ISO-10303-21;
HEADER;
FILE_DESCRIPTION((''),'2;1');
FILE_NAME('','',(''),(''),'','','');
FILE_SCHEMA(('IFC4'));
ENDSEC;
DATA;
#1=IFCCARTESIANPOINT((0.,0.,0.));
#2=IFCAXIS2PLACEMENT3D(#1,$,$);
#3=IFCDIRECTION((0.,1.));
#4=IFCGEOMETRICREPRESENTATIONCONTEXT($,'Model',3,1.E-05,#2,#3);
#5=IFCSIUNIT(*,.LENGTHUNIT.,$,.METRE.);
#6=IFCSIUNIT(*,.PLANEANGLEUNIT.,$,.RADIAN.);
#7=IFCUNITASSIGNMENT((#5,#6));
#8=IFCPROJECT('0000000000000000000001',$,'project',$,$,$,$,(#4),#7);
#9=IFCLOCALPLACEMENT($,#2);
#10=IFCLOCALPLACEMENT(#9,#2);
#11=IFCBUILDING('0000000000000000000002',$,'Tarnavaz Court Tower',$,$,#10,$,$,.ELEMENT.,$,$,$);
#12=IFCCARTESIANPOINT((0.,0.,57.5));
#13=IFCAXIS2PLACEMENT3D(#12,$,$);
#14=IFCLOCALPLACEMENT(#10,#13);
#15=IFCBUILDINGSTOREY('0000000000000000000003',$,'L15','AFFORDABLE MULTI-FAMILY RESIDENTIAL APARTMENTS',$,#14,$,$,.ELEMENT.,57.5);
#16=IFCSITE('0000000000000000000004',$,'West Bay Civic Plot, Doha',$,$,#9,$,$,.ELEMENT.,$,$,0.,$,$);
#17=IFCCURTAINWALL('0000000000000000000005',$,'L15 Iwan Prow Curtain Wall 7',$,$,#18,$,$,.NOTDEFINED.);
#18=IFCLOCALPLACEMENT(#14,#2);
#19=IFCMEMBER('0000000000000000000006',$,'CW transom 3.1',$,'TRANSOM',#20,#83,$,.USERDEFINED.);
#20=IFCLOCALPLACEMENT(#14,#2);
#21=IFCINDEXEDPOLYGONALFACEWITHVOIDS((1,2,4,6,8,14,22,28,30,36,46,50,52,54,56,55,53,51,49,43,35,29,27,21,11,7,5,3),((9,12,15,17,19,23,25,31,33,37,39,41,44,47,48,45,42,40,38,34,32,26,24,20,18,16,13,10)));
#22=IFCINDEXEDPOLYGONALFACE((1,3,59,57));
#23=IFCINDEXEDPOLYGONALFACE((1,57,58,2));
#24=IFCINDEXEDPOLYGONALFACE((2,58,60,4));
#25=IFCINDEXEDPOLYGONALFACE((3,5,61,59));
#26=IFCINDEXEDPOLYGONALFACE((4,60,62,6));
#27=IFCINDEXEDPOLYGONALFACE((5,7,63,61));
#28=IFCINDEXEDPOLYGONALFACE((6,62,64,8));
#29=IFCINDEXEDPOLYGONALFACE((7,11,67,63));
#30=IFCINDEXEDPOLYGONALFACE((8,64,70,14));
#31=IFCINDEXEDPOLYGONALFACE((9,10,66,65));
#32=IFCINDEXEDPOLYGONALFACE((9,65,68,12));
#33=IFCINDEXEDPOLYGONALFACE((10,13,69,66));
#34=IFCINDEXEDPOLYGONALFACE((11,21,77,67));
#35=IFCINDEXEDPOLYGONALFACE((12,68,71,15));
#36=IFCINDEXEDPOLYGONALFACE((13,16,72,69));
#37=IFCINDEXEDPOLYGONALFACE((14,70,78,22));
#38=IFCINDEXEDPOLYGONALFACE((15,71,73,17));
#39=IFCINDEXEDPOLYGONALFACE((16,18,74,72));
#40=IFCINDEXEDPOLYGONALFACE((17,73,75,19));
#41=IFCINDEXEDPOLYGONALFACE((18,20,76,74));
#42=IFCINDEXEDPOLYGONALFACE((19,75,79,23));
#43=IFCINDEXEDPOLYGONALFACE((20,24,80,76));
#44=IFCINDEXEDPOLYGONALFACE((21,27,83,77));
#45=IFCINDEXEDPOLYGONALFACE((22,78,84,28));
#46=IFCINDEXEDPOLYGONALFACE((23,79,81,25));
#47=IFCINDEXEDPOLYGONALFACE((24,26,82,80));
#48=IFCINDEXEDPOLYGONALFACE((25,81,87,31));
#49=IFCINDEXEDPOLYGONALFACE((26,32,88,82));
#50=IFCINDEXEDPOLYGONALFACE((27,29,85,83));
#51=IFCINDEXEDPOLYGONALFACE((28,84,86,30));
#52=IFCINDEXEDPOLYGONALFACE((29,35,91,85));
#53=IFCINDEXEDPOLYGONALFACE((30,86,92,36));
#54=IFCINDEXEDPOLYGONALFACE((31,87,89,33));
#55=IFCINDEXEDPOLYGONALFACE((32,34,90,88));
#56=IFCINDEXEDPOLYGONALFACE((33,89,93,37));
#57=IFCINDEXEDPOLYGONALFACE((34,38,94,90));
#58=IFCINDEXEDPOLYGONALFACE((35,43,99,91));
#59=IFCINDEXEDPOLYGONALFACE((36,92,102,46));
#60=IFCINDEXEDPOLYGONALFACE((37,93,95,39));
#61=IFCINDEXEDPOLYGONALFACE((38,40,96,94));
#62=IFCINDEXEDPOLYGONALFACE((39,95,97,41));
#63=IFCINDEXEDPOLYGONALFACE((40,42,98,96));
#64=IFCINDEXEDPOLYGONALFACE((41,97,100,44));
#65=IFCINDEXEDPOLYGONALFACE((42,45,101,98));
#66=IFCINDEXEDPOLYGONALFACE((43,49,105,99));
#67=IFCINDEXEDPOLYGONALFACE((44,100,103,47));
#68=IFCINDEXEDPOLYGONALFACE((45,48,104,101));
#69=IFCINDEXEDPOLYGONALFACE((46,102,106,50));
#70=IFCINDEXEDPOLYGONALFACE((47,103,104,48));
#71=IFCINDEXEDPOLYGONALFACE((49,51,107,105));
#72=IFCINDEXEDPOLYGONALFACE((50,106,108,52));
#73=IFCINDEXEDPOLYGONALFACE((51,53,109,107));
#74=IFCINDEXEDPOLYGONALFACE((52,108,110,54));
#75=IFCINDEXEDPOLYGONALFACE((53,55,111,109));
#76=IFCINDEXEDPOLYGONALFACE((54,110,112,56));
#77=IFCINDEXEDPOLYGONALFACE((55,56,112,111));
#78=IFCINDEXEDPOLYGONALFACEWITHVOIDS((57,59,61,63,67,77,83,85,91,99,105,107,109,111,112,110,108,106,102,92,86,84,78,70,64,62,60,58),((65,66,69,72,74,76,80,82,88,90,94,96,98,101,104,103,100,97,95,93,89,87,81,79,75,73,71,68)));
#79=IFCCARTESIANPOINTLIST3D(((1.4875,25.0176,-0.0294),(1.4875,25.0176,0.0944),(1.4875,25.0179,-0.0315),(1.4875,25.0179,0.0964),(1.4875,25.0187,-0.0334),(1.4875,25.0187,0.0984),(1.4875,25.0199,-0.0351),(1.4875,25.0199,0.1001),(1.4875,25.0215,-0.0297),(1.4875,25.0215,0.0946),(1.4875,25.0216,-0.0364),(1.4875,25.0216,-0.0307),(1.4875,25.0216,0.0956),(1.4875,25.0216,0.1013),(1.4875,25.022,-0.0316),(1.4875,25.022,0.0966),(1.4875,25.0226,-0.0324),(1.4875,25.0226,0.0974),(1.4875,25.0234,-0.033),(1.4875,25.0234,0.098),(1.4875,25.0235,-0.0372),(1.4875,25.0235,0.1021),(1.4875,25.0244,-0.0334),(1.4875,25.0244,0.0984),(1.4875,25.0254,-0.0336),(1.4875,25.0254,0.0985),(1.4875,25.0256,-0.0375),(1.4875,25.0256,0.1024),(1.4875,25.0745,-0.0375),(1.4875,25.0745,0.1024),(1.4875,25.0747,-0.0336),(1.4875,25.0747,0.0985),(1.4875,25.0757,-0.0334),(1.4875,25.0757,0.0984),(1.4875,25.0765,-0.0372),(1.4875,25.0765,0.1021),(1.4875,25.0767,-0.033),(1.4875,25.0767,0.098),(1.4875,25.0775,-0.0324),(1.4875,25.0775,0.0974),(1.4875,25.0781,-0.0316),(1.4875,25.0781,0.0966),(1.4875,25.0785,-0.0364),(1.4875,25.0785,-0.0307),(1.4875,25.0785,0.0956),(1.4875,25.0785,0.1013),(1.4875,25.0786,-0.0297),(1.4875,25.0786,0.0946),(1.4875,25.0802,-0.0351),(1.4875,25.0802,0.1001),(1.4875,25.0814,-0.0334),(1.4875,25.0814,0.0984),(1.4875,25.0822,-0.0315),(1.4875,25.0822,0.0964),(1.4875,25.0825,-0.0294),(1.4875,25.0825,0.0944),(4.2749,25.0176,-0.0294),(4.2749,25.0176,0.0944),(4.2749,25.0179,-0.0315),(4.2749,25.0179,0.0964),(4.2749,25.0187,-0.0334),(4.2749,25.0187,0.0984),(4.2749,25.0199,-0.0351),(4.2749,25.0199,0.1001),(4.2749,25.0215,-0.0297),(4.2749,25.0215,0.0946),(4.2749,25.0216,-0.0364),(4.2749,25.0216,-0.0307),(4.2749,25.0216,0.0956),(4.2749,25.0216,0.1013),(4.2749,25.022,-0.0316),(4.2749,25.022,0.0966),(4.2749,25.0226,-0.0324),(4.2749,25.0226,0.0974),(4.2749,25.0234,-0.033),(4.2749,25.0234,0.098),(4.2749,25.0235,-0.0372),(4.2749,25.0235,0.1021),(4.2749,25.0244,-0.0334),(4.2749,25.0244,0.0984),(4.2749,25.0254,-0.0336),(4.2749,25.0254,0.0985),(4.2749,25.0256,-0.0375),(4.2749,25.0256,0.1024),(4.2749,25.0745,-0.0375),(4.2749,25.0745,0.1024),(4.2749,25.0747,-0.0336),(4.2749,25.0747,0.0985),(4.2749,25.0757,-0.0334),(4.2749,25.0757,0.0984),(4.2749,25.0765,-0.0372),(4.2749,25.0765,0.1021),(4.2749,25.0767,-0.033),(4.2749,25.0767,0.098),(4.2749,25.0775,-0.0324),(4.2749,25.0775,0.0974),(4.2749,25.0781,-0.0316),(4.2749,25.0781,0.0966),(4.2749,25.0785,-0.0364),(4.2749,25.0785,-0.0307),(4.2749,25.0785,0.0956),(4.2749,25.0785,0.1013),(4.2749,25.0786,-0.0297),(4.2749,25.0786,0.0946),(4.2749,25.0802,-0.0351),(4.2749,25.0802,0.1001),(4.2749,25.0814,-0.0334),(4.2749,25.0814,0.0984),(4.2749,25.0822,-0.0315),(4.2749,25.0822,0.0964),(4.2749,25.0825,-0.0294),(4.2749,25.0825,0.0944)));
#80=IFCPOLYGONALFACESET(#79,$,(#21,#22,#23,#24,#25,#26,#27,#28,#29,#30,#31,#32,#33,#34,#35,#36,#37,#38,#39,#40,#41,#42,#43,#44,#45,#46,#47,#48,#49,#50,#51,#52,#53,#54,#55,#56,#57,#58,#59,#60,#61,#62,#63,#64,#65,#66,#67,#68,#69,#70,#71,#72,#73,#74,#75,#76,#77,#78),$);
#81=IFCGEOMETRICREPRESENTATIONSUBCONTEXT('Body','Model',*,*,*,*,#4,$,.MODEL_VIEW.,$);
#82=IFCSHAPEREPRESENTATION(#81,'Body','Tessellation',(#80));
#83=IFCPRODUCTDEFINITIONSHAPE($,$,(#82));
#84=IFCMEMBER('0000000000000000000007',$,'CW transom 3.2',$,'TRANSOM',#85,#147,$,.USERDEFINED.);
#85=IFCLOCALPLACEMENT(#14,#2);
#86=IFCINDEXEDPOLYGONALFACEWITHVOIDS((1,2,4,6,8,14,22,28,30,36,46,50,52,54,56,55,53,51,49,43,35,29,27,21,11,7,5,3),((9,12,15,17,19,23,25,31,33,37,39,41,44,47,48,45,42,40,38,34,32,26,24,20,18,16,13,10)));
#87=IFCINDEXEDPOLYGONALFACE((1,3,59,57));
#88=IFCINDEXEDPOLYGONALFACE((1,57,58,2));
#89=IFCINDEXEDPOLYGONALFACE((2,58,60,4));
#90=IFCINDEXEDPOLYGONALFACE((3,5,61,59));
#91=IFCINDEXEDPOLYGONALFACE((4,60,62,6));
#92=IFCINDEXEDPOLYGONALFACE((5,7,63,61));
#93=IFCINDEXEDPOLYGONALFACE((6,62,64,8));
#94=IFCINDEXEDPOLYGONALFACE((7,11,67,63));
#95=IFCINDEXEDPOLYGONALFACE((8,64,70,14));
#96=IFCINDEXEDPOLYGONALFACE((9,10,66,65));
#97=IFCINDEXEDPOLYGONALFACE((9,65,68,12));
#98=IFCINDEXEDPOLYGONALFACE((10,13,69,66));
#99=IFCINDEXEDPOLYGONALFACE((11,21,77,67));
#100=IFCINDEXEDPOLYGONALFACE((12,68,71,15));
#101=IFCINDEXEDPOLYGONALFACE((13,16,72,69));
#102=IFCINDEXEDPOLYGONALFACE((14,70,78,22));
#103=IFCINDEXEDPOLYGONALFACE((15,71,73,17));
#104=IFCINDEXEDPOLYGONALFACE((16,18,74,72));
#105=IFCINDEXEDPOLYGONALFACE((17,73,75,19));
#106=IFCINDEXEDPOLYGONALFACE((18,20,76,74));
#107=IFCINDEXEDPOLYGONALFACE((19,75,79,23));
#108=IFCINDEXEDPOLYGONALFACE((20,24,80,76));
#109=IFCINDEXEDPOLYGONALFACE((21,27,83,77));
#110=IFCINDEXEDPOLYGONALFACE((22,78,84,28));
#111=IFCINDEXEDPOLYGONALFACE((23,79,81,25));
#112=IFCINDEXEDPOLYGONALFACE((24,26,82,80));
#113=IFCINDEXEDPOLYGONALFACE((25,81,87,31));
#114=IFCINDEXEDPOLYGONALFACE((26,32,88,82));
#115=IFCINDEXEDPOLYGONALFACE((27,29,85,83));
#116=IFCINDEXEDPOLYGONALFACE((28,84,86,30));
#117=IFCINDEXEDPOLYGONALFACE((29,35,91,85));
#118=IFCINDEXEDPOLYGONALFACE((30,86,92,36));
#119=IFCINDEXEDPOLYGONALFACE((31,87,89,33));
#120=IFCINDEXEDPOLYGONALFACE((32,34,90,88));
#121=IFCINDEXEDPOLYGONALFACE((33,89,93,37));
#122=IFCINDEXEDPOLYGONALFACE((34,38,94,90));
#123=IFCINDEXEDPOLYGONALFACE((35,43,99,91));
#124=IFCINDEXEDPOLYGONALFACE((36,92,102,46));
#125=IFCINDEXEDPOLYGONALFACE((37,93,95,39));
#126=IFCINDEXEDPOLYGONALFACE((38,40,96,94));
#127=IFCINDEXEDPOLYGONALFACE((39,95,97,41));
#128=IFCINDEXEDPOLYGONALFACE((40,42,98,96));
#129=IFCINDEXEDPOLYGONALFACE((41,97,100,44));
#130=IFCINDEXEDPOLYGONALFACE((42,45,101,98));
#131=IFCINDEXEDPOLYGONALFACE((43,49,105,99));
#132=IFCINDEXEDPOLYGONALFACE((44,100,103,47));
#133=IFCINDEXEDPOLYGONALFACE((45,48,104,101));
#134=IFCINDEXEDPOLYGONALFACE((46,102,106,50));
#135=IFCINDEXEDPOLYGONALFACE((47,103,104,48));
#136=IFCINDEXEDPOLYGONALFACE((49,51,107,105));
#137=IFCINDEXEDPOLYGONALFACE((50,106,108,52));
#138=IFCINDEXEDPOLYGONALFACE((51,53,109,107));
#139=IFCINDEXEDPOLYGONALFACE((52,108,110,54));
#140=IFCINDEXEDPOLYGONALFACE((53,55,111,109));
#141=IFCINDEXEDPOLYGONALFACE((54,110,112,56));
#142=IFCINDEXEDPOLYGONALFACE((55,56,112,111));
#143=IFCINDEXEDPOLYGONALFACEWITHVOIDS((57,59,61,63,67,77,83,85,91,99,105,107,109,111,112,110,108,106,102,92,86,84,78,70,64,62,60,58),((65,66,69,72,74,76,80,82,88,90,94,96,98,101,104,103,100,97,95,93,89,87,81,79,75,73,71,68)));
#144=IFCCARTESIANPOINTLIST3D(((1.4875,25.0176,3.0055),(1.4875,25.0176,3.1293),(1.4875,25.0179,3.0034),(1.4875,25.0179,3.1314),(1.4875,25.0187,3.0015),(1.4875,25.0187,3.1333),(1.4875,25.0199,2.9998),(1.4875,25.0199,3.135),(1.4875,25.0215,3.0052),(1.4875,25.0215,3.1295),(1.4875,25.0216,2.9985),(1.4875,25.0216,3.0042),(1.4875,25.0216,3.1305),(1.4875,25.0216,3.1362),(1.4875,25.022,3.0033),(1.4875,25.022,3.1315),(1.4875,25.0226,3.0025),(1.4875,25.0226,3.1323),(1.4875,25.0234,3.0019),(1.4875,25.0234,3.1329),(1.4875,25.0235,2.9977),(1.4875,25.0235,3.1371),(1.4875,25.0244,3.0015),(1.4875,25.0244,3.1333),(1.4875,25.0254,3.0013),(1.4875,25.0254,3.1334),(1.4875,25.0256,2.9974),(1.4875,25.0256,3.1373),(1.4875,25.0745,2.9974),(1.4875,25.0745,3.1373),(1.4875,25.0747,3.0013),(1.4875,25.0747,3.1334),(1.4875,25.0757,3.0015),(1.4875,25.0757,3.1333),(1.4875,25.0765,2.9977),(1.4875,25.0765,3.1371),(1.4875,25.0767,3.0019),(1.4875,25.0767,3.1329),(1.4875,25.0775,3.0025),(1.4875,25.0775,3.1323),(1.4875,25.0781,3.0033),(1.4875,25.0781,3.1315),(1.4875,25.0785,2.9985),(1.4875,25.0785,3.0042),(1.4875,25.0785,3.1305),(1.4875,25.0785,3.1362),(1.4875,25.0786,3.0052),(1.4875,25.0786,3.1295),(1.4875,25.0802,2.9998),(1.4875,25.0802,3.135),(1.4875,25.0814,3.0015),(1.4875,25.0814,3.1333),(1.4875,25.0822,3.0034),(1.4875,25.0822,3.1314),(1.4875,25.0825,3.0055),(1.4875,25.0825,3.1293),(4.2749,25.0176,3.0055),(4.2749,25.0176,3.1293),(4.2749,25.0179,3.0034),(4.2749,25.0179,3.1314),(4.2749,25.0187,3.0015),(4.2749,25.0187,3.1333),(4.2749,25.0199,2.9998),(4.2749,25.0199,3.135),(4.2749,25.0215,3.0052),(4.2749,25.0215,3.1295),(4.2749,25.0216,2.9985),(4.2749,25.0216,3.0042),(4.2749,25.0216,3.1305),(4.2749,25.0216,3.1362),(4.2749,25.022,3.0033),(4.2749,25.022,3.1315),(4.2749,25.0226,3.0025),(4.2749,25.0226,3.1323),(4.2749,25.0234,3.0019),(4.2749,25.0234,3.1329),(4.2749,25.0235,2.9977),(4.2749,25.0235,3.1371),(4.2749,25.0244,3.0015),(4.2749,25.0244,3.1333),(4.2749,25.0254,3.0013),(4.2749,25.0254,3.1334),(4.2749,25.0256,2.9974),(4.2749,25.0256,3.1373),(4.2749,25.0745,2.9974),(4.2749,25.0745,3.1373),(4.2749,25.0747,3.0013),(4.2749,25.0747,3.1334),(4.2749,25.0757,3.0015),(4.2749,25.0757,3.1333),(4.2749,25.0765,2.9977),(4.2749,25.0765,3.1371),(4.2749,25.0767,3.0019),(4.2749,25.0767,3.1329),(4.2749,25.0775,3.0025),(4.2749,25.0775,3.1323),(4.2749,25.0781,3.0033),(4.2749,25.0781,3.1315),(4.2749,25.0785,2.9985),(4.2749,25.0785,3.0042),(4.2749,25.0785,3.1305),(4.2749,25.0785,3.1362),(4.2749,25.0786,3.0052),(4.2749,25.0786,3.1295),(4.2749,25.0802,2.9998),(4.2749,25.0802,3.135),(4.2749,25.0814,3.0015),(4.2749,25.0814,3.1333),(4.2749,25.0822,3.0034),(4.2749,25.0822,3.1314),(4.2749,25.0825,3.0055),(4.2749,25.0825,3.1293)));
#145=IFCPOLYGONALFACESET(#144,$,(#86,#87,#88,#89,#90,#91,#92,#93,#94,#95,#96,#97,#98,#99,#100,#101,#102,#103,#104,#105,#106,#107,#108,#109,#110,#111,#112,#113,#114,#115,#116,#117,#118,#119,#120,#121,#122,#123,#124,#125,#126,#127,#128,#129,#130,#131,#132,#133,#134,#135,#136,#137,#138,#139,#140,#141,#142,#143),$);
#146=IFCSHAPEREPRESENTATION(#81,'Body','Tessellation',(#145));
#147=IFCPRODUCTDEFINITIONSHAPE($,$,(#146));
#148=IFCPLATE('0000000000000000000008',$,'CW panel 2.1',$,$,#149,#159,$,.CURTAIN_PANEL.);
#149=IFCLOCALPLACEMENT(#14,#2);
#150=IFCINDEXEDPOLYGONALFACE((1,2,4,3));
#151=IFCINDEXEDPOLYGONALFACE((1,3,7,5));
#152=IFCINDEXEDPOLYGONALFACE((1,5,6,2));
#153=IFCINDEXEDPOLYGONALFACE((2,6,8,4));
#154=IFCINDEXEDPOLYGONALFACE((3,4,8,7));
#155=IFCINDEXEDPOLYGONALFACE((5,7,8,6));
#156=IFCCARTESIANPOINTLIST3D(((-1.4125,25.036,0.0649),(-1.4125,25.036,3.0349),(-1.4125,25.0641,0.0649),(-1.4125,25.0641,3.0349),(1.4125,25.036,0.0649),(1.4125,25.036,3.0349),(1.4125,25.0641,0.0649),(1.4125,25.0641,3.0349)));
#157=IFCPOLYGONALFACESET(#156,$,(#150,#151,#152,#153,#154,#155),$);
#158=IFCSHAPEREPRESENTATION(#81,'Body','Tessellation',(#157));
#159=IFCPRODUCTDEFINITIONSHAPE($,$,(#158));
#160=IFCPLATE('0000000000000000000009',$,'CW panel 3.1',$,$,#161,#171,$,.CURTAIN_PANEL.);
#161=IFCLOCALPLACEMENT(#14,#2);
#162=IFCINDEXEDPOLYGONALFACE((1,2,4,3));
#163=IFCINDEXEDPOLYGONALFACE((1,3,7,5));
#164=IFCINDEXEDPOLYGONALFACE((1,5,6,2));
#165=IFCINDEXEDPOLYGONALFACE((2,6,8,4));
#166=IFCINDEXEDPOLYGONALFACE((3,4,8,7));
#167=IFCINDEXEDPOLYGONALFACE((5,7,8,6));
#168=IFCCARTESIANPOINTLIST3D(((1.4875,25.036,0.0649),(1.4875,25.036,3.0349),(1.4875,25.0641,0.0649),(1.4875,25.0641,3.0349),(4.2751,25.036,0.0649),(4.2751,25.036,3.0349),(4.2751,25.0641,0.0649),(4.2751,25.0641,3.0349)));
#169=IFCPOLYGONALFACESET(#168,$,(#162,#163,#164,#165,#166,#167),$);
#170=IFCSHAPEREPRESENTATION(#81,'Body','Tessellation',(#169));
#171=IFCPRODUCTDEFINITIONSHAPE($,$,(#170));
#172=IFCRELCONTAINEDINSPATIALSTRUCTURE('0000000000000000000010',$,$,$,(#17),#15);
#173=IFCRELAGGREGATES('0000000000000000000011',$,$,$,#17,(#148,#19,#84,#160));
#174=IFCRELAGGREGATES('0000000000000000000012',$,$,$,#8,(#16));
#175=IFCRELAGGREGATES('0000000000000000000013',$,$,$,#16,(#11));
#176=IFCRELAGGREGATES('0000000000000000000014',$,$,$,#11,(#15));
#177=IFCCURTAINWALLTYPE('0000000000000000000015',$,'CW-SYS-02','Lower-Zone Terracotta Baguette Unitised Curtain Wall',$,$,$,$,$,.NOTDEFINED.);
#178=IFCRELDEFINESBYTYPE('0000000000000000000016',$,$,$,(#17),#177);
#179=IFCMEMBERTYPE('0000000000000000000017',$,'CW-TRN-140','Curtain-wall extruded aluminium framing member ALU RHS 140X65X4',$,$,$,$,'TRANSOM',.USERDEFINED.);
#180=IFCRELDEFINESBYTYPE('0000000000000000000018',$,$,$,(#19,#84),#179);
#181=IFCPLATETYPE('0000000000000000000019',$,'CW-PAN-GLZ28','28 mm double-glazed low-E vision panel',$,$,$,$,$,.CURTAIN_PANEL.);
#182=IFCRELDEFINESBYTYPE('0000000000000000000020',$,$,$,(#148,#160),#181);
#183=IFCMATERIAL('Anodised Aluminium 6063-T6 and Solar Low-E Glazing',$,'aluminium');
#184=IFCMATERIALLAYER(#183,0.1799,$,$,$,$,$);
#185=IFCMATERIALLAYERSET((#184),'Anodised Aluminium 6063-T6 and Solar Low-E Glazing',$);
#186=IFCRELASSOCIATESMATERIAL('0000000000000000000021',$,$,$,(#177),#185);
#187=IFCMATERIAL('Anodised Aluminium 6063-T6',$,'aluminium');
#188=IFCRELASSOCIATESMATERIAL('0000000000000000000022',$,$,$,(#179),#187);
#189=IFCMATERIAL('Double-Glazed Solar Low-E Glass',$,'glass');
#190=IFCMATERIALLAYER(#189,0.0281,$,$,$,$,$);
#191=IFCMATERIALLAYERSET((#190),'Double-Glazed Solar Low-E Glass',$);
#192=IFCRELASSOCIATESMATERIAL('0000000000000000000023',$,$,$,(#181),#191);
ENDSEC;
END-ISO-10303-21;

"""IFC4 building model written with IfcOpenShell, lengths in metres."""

from ifc_helpers import new_model, si_unit, direction, frame, origin, origin_2d, place, context, subcontext, project, spatial, rectangle, hollow_rectangle, extrude, material, layer, layer_set, material_profile, profile_set, type_object, element, aggregate, save


model = new_model("IFC4")

# Units and contexts
model_context = context("Model", 3, precision=1e-05, world=origin(), true_north=direction((0.0, 1.0)))
body_context = subcontext(model_context, "Body", "Model", "MODEL_VIEW")
ifc_project = project(units=[si_unit("LENGTHUNIT", "METRE"), si_unit("PLANEANGLEUNIT", "RADIAN")], contexts=[model_context])

# Site, building, storey
site_placement = place(None, origin())
site = spatial("IfcSite", under=ifc_project, at=site_placement, Name="West Bay Civic Plot, Doha", CompositionType="ELEMENT", RefElevation=0.0)
building_placement = place(site_placement, origin())
building = spatial("IfcBuilding", under=site, at=building_placement, Name="Tarnavaz Court Tower", CompositionType="ELEMENT")
storey_placement = place(building_placement, frame((0.0, 0.0, 57.5)))
storey = spatial("IfcBuildingStorey", under=building, at=storey_placement, Name="L15", Description="AFFORDABLE MULTI-FAMILY RESIDENTIAL APARTMENTS", CompositionType="ELEMENT", Elevation=57.5)

# Curtain wall, members, plates
ifc_material_1 = material(Name="Anodised Aluminium 6063-T6 and Solar Low-E Glazing", Category="aluminium")
ifc_layer_1 = layer(ifc_material_1, 0.1799)
ifc_layer_set_1 = layer_set([ifc_layer_1], Name="Anodised Aluminium 6063-T6 and Solar Low-E Glazing")
curtain_wall_type = type_object("IfcCurtainWallType", Name="CW-SYS-02", Description="Lower-Zone Terracotta Baguette Unitised Curtain Wall", PredefinedType="NOTDEFINED", material=ifc_layer_set_1)
curtain_wall_placement = place(storey_placement, origin())
curtain_wall = element("IfcCurtainWall", 1, at=curtain_wall_placement, inside=storey, type_object=curtain_wall_type, Name="L15 Iwan Prow Curtain Wall 7", PredefinedType="NOTDEFINED")
ifc_material_2 = material(Name="Anodised Aluminium 6063-T6", Category="aluminium")
ifc_material_profile_1 = material_profile(ifc_material_2, hollow_rectangle(XDim=0.0649, YDim=0.1399, WallThickness=0.0039, InnerFilletRadius=0.0039, OuterFilletRadius=0.0081, at=origin_2d()), Name="ALU RHS 140X65X4")
ifc_profile_set_1 = profile_set([ifc_material_profile_1], Name="Anodised Aluminium 6063-T6")
member_type_1 = type_object("IfcMemberType", Name="CW-TRN-140", Description="Curtain-wall extruded aluminium framing member ALU RHS 140X65X4", ElementType="TRANSOM", PredefinedType="USERDEFINED", material=ifc_profile_set_1)
member_1_placement = place(storey_placement, frame((1.4875, 25.05, 0.0325), z_axis=(1.0, 0.0, 0.0), x_axis=(0.0, 1.0, 0.0)))
member_1 = element("IfcMember", 2, at=member_1_placement, type_object=member_type_1, Name="CW transom 3.1", ObjectType="TRANSOM", PredefinedType="USERDEFINED", context=body_context, shape_type="SweptSolid", body=[
    extrude(hollow_rectangle(XDim=0.0649, YDim=0.1399, WallThickness=0.0039, InnerFilletRadius=0.0039, OuterFilletRadius=0.0081, at=origin_2d()), origin(), (0.0, 0.0, 1.0), 2.7874),
])
member_2_placement = place(storey_placement, frame((1.4875, 25.05, 3.0674), z_axis=(1.0, 0.0, 0.0), x_axis=(0.0, 1.0, 0.0)))
member_2 = element("IfcMember", 3, at=member_2_placement, type_object=member_type_1, Name="CW transom 3.2", ObjectType="TRANSOM", PredefinedType="USERDEFINED", context=body_context, shape_type="SweptSolid", body=[
    extrude(hollow_rectangle(XDim=0.0649, YDim=0.1399, WallThickness=0.0039, InnerFilletRadius=0.0039, OuterFilletRadius=0.0081, at=origin_2d()), origin(), (0.0, 0.0, 1.0), 2.7874),
])
ifc_material_3 = material(Name="Double-Glazed Solar Low-E Glass", Category="glass")
ifc_layer_2 = layer(ifc_material_3, 0.0281)
ifc_layer_set_2 = layer_set([ifc_layer_2], Name="Double-Glazed Solar Low-E Glass")
plate_type = type_object("IfcPlateType", Name="CW-PAN-GLZ28", Description="28 mm double-glazed low-E vision panel", PredefinedType="CURTAIN_PANEL", material=ifc_layer_set_2)
plate_1_placement = place(storey_placement, frame((0.0, 25.05, 0.0649), z_axis=(0.0, 0.0, 1.0), x_axis=(1.0, 0.0, 0.0)))
plate_1 = element("IfcPlate", 4, at=plate_1_placement, type_object=plate_type, Name="CW panel 2.1", PredefinedType="CURTAIN_PANEL", context=body_context, shape_type="SweptSolid", body=[
    extrude(rectangle(XDim=2.825, YDim=0.0281, at=origin_2d()), origin(), (0.0, 0.0, 1.0), 2.97),
])
plate_2_placement = place(storey_placement, frame((2.8813, 25.05, 0.0649), z_axis=(0.0, 0.0, 1.0), x_axis=(1.0, 0.0, 0.0)))
plate_2 = element("IfcPlate", 5, at=plate_2_placement, type_object=plate_type, Name="CW panel 3.1", PredefinedType="CURTAIN_PANEL", context=body_context, shape_type="SweptSolid", body=[
    extrude(rectangle(XDim=2.7876, YDim=0.0281, at=origin_2d()), origin(), (0.0, 0.0, 1.0), 2.97),
])
aggregate(curtain_wall, [plate_1, member_1, member_2, plate_2])

save(model, "model.ifc")
